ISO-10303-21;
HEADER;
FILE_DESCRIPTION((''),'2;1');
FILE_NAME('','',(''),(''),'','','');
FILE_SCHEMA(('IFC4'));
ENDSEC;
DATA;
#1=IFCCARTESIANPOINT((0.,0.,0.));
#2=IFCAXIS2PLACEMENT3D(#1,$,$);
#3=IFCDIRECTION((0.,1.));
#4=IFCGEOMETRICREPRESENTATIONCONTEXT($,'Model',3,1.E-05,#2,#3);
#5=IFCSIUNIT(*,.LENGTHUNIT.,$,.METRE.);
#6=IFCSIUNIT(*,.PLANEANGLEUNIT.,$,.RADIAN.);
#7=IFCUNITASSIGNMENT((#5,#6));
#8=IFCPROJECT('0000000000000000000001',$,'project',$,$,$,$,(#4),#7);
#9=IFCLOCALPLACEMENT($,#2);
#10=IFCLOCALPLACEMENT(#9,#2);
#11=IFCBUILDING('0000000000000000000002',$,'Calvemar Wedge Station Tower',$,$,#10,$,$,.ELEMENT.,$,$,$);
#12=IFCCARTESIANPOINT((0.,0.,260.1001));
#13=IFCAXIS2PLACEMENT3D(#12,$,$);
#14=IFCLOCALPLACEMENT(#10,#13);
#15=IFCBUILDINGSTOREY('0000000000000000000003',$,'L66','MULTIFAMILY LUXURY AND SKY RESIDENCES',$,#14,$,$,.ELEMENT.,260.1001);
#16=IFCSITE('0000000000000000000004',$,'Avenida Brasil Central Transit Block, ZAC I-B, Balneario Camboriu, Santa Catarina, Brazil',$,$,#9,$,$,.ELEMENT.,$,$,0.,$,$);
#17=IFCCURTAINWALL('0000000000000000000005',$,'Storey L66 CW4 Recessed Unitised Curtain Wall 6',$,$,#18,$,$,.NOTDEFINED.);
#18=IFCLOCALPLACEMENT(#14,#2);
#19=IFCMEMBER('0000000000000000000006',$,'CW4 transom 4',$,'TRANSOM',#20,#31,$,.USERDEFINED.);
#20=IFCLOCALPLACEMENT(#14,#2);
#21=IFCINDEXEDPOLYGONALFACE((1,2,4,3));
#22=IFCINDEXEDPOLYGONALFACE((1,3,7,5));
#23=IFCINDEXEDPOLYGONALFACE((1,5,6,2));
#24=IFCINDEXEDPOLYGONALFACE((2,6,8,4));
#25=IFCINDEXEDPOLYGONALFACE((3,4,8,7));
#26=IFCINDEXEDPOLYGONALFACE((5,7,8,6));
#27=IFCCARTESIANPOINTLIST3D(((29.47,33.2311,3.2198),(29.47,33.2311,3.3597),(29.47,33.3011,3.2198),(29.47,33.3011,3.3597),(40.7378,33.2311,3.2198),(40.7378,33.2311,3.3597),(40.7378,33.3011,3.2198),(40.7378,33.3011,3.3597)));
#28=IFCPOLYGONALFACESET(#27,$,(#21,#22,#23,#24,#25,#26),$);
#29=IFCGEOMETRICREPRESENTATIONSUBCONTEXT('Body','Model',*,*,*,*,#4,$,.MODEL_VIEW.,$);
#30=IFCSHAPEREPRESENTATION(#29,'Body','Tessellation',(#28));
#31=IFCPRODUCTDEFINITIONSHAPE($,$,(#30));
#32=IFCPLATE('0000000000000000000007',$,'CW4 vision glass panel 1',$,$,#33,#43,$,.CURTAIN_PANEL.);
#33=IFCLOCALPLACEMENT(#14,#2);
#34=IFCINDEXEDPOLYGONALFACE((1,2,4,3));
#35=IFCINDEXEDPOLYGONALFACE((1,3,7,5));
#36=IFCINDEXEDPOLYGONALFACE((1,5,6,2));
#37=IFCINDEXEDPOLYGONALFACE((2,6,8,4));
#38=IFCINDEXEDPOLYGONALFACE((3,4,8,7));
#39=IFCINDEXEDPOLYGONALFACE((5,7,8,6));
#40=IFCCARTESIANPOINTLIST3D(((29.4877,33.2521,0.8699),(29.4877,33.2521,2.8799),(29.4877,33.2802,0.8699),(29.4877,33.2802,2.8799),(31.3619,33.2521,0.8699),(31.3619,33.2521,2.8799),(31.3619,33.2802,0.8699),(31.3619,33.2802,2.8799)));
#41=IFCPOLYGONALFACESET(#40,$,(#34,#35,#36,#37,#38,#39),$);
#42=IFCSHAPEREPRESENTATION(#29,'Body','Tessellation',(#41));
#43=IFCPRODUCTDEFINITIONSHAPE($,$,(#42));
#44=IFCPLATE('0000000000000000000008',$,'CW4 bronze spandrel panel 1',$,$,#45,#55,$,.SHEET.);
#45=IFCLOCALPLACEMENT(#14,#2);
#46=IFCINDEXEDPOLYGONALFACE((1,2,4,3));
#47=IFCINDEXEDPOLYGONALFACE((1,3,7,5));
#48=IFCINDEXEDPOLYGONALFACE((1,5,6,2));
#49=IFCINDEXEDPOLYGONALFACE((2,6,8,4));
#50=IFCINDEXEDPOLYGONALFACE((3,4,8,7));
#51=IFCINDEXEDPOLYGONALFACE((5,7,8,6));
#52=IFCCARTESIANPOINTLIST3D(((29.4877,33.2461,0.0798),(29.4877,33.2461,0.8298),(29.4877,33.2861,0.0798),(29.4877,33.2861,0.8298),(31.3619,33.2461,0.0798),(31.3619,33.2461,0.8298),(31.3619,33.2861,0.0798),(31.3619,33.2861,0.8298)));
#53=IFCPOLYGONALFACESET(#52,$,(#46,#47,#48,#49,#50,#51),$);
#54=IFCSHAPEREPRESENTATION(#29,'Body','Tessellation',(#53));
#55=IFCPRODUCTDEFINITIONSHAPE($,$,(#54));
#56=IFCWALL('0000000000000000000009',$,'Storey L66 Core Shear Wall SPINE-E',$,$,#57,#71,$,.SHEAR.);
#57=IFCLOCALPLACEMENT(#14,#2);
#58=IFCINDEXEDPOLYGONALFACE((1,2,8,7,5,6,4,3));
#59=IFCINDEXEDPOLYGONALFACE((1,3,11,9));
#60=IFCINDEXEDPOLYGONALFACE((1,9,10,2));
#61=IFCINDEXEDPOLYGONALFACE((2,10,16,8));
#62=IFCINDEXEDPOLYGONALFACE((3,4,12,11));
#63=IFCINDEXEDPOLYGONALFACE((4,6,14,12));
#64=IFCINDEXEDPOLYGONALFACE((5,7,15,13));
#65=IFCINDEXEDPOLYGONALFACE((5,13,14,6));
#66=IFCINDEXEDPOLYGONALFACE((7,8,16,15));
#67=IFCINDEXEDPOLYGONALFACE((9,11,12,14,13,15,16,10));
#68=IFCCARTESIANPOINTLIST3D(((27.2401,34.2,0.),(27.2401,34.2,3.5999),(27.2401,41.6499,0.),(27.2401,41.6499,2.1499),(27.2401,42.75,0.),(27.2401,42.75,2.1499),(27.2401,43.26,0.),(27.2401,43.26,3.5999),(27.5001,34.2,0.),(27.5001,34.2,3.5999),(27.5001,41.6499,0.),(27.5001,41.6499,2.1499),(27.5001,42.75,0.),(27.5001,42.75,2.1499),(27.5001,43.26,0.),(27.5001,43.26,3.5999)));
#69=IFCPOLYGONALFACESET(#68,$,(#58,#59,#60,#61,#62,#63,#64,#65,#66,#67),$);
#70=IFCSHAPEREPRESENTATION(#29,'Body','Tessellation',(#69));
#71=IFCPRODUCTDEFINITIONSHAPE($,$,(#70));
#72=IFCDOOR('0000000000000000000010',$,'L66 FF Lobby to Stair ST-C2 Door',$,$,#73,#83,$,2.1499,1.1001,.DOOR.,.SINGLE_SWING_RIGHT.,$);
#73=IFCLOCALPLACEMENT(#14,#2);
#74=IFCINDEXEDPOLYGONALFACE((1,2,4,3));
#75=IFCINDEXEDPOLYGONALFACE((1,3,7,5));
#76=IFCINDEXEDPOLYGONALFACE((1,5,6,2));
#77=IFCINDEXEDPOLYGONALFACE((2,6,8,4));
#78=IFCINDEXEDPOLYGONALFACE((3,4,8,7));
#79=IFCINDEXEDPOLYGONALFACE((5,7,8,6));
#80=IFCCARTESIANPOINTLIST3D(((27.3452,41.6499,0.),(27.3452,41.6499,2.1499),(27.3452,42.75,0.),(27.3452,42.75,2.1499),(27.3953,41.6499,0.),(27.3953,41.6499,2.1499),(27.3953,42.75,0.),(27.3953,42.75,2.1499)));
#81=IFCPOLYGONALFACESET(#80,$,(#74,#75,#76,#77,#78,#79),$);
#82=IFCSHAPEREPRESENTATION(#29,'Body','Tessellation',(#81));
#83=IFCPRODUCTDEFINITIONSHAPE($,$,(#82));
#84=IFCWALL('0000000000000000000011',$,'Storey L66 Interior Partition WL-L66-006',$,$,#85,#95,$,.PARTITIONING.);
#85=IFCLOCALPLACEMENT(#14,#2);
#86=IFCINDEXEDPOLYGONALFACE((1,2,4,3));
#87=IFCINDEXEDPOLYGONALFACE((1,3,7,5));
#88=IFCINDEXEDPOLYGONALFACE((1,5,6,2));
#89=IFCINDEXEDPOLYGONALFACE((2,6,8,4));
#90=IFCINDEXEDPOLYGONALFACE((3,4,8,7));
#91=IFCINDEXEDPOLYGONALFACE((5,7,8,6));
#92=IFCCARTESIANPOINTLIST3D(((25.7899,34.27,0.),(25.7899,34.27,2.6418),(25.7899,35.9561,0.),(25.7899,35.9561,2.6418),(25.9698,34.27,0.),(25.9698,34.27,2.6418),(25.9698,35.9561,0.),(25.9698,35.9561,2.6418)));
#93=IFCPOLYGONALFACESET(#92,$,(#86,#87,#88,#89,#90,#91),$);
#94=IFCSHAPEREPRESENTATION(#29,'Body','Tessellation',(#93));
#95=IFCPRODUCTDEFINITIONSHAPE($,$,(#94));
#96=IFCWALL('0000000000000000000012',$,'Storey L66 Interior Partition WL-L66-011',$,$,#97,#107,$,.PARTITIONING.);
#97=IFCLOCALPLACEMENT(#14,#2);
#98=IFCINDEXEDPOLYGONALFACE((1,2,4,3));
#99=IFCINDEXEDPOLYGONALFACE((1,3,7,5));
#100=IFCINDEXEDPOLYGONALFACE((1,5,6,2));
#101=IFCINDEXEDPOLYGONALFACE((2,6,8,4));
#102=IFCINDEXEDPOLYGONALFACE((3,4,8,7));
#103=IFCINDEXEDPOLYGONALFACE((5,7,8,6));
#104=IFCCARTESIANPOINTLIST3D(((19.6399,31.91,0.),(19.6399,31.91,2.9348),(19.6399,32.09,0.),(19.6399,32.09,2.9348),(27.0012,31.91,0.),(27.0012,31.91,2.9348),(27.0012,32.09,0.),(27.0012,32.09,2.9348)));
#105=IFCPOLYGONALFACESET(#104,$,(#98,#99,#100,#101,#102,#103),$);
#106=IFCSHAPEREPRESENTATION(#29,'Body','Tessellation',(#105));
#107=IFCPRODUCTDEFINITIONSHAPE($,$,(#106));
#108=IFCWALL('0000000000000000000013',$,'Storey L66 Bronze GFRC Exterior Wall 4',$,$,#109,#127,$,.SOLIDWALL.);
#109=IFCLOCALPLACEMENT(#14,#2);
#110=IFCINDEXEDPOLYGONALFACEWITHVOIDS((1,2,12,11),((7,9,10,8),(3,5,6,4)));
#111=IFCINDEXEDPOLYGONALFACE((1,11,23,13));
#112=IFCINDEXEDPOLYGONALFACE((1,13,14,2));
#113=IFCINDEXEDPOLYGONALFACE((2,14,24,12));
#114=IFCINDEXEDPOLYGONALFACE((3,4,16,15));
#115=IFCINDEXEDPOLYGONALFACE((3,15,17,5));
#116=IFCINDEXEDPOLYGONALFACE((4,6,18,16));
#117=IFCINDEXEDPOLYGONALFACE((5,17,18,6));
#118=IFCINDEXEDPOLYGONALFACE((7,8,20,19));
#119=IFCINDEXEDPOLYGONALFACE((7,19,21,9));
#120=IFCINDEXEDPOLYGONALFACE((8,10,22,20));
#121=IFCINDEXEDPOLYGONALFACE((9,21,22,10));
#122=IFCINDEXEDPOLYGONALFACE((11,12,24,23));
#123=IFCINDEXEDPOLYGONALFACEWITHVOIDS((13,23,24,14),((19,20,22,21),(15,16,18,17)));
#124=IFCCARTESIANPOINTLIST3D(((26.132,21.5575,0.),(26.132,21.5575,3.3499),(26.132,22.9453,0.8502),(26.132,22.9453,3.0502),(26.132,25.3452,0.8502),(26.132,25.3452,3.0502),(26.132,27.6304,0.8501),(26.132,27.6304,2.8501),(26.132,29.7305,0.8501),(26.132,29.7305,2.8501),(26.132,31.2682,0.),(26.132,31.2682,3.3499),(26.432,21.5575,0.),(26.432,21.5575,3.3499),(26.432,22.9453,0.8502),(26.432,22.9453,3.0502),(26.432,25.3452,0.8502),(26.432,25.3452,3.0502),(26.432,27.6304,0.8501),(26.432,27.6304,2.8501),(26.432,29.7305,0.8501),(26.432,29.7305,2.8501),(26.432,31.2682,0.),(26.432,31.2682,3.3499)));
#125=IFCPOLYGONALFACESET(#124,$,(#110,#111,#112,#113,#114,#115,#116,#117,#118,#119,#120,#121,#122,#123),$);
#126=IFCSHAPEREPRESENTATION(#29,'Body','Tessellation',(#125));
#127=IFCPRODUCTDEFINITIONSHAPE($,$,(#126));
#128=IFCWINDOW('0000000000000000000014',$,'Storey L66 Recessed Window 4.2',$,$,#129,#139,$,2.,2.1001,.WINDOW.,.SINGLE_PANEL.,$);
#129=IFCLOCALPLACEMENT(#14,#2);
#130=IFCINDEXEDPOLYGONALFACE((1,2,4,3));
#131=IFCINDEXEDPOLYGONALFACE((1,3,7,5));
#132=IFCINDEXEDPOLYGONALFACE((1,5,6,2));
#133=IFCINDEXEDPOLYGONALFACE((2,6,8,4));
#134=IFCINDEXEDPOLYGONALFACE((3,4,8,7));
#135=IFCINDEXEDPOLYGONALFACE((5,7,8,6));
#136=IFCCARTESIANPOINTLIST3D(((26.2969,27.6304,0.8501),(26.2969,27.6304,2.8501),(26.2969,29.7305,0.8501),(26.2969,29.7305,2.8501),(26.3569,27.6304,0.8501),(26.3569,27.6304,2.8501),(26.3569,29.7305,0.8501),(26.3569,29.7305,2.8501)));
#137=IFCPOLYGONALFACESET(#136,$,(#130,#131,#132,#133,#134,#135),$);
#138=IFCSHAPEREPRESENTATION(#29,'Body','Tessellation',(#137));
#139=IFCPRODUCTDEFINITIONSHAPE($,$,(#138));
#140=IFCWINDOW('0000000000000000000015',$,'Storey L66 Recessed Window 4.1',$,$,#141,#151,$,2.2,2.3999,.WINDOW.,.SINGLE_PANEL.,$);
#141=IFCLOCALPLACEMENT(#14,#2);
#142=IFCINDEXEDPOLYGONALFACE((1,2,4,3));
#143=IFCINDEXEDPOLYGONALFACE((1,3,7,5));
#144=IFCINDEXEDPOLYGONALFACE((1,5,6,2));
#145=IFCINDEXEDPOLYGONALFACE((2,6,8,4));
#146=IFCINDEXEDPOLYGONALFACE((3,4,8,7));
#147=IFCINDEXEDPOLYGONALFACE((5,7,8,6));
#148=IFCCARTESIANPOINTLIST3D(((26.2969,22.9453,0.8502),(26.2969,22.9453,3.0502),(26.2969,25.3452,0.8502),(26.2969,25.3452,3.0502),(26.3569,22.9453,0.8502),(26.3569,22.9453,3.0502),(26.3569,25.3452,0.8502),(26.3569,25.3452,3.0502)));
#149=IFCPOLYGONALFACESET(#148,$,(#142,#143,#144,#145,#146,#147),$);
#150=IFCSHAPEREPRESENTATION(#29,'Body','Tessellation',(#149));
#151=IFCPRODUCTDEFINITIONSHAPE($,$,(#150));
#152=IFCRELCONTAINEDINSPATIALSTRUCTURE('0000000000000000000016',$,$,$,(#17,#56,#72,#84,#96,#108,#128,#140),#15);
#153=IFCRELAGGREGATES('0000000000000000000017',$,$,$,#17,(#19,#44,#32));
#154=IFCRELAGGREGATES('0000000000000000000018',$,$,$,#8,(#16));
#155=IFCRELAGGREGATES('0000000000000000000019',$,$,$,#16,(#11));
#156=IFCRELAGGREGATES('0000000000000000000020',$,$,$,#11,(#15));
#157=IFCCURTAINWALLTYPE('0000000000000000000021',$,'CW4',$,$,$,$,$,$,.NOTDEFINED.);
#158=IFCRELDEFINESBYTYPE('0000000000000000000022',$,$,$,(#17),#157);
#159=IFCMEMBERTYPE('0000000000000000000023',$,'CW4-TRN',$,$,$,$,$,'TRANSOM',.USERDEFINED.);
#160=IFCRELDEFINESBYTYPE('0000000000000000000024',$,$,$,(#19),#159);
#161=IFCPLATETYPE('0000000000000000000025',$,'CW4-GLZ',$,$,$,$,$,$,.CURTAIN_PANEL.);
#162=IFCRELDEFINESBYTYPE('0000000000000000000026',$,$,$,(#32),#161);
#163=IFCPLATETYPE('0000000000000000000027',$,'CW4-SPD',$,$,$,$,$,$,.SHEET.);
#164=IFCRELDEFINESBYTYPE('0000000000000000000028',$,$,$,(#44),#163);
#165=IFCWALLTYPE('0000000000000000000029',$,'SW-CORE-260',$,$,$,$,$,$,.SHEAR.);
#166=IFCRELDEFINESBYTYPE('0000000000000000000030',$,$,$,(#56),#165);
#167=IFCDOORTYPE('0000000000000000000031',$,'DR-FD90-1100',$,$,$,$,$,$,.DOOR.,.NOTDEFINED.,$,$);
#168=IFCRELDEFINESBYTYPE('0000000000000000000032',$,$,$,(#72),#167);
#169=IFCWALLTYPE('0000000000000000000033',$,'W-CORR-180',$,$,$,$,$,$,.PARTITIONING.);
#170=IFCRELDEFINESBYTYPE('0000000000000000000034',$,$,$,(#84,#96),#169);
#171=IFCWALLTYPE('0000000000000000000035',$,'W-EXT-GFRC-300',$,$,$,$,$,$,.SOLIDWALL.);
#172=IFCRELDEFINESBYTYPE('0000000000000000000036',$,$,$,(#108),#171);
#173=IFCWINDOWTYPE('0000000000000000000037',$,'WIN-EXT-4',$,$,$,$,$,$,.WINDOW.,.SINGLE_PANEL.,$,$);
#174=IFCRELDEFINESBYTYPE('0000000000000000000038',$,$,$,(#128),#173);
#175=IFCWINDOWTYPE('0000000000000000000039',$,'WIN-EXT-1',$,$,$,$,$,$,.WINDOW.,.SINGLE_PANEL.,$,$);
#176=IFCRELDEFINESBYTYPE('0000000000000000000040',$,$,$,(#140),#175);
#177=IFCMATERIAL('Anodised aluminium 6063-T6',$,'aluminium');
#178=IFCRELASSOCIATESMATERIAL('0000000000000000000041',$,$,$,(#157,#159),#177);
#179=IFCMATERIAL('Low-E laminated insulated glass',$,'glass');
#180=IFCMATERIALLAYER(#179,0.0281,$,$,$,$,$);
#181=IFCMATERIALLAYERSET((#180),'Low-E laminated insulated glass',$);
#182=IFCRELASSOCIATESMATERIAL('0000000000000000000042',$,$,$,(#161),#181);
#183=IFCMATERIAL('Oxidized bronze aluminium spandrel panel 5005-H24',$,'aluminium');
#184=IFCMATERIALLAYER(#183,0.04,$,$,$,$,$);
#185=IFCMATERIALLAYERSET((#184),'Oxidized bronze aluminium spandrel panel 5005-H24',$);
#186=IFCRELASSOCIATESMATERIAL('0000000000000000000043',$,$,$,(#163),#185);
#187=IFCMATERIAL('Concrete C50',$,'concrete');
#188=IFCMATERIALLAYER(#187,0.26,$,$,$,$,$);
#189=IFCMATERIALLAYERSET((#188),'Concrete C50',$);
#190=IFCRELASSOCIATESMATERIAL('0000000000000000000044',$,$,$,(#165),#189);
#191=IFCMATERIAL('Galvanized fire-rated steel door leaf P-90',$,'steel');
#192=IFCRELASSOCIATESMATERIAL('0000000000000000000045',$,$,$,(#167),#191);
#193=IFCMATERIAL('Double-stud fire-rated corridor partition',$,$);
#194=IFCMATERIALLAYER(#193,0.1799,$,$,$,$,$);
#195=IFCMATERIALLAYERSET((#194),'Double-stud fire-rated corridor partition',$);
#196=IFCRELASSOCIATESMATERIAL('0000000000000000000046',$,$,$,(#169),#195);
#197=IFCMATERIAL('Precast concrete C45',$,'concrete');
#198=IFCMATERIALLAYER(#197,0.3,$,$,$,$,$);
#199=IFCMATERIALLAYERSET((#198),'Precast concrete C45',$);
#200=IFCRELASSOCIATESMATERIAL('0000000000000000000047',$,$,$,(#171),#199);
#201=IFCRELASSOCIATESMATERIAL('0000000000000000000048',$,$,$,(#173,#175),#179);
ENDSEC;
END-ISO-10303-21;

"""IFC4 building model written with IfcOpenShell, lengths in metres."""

from ifc_helpers import new_model, si_unit, direction, frame, frame_2d, origin, origin_2d, place, context, subcontext, project, spatial, rectangle, extrude, source, transform, mapped, material, layer, layer_set, material_profile, profile_set, type_object, element, fill, aggregate, save


model = new_model("IFC4")

# Units and contexts
model_context = context("Model", 3, precision=1e-05, world=origin(), true_north=direction((0.0, 1.0)))
body_context = subcontext(model_context, "Body", "Model", "MODEL_VIEW")
ifc_project = project(units=[si_unit("LENGTHUNIT", "METRE"), si_unit("PLANEANGLEUNIT", "RADIAN")], contexts=[model_context])

# Site, building, storey
site_placement = place(None, origin())
site = spatial("IfcSite", under=ifc_project, at=site_placement, Name="Avenida Brasil Central Transit Block, ZAC I-B, Balneario Camboriu, Santa Catarina, Brazil", CompositionType="ELEMENT", RefElevation=0.0)
building_placement = place(site_placement, origin())
building = spatial("IfcBuilding", under=site, at=building_placement, Name="Calvemar Wedge Station Tower", CompositionType="ELEMENT")
storey_placement = place(building_placement, frame((0.0, 0.0, 260.1001)))
storey = spatial("IfcBuildingStorey", under=building, at=storey_placement, Name="L66", Description="MULTIFAMILY LUXURY AND SKY RESIDENCES", CompositionType="ELEMENT", Elevation=260.1001)

# Shared definitions
ifc_material_1 = material(Name="Concrete C50", Category="concrete")

# Curtain wall, member, plates
ifc_material_2 = material(Name="Anodised aluminium 6063-T6", Category="aluminium")
curtain_wall_type = type_object("IfcCurtainWallType", Name="CW4", PredefinedType="NOTDEFINED", material=ifc_material_2)
curtain_wall_placement = place(storey_placement, origin())
curtain_wall = element("IfcCurtainWall", 1, at=curtain_wall_placement, inside=storey, type_object=curtain_wall_type, Name="Storey L66 CW4 Recessed Unitised Curtain Wall 6", PredefinedType="NOTDEFINED")
ifc_material_profile_1 = material_profile(ifc_material_2, rectangle(XDim=0.0701, YDim=0.1399, at=origin_2d()), Name="AL-TRN-70x140")
ifc_profile_set_1 = profile_set([ifc_material_profile_1], Name="Anodised aluminium 6063-T6")
member_type_1 = type_object("IfcMemberType", Name="CW4-TRN", ElementType="TRANSOM", PredefinedType="USERDEFINED", material=ifc_profile_set_1)
shared_shape_1 = source(origin(), body_context, "Body", "SweptSolid", [
    extrude(rectangle(XDim=0.0701, YDim=0.1399, at=origin_2d()), origin(), (0.0, 0.0, 1.0), 11.2678),
])
member_1_placement = place(storey_placement, frame((29.47, 33.2661, 3.2898), z_axis=(1.0, 0.0, 0.0), x_axis=(0.0, 1.0, 0.0)))
member_1 = element("IfcMember", 2, at=member_1_placement, type_object=member_type_1, Name="CW4 transom 4", ObjectType="TRANSOM", PredefinedType="USERDEFINED", context=body_context, shape_type="MappedRepresentation", body=[
    mapped(shared_shape_1, transform((0.0, 0.0, 0.0), scale=1.0)),
])
ifc_material_3 = material(Name="Low-E laminated insulated glass", Category="glass")
ifc_layer_1 = layer(ifc_material_3, 0.0281)
ifc_layer_set_1 = layer_set([ifc_layer_1], Name="Low-E laminated insulated glass")
plate_type_1 = type_object("IfcPlateType", Name="CW4-GLZ", PredefinedType="CURTAIN_PANEL", material=ifc_layer_set_1)
plate_1_placement = place(storey_placement, frame((29.4878, 33.2661, 0.8699), z_axis=(0.0, 0.0, 1.0), x_axis=(1.0, 0.0, 0.0)))
plate_1 = element("IfcPlate", 3, at=plate_1_placement, type_object=plate_type_1, Name="CW4 vision glass panel 1", PredefinedType="CURTAIN_PANEL", context=body_context, shape_type="SweptSolid", body=[
    extrude(rectangle(XDim=1.8743, YDim=0.0281, at=frame_2d((0.937, 0.0))), origin(), (0.0, 0.0, 1.0), 2.01),
])
ifc_material_4 = material(Name="Oxidized bronze aluminium spandrel panel 5005-H24", Category="aluminium")
ifc_layer_2 = layer(ifc_material_4, 0.04)
ifc_layer_set_2 = layer_set([ifc_layer_2], Name="Oxidized bronze aluminium spandrel panel 5005-H24")
plate_type_2 = type_object("IfcPlateType", Name="CW4-SPD", PredefinedType="SHEET", material=ifc_layer_set_2)
plate_2_placement = place(storey_placement, frame((29.4878, 33.2661, 0.0798), z_axis=(0.0, 0.0, 1.0), x_axis=(1.0, 0.0, 0.0)))
plate_2 = element("IfcPlate", 4, at=plate_2_placement, type_object=plate_type_2, Name="CW4 bronze spandrel panel 1", PredefinedType="SHEET", context=body_context, shape_type="SweptSolid", body=[
    extrude(rectangle(XDim=1.8743, YDim=0.04, at=frame_2d((0.937, 0.0))), origin(), (0.0, 0.0, 1.0), 0.75),
])
aggregate(curtain_wall, [member_1, plate_2, plate_1])

# Wall, opening, door
ifc_layer_3 = layer(ifc_material_1, 0.26)
ifc_layer_set_3 = layer_set([ifc_layer_3], Name="Concrete C50")
wall_type_1 = type_object("IfcWallType", Name="SW-CORE-260", PredefinedType="SHEAR", material=ifc_layer_set_3)
wall_1_placement = place(storey_placement, frame((27.3701, 34.2, 0.0), z_axis=(0.0, 0.0, 1.0), x_axis=(0.0, 1.0, 0.0)))
wall_1 = element("IfcWall", 5, at=wall_1_placement, inside=storey, type_object=wall_type_1, Name="Storey L66 Core Shear Wall SPINE-E", PredefinedType="SHEAR", context=body_context, shape_type="SweptSolid", body=[
    extrude(rectangle(XDim=9.0601, YDim=0.26, at=frame_2d((4.53, 0.0))), origin(), (0.0, 0.0, 1.0), 3.5999),
])
shared_shape_2 = source(origin(), body_context, "Body", "SweptSolid", [
    extrude(rectangle(XDim=1.1001, YDim=2.1499, at=frame_2d((0.55, 1.075))), frame((0.0, 0.1401, 0.0), z_axis=(0.0, -1.0, 0.0), x_axis=(1.0, 0.0, 0.0)), (0.0, 0.0, 1.0), 0.28),
])
opening_1_placement = place(wall_1_placement, frame((7.45, 0.0, 0.0)))
opening_1 = element("IfcOpeningElement", 6, at=opening_1_placement, cuts=wall_1, PredefinedType="OPENING", context=body_context, shape_type="MappedRepresentation", body=[
    mapped(shared_shape_2, transform((0.0, 0.0, 0.0), scale=1.0)),
])
ifc_material_5 = material(Name="Galvanized fire-rated steel door leaf P-90", Category="steel")
door_type = type_object("IfcDoorType", Name="DR-FD90-1100", OperationType="NOTDEFINED", PredefinedType="DOOR", material=ifc_material_5)
shared_shape_3 = source(origin(), body_context, "Body", "SweptSolid", [
    extrude(rectangle(XDim=1.1001, YDim=2.1499, at=frame_2d((0.55, 1.075))), frame((0.0, 0.0249, 0.0), z_axis=(0.0, -1.0, 0.0), x_axis=(1.0, 0.0, 0.0)), (0.0, 0.0, 1.0), 0.05),
])
door_1_placement = place(opening_1_placement, origin())
door_1 = element("IfcDoor", 7, at=door_1_placement, inside=storey, type_object=door_type, Name="L66 FF Lobby to Stair ST-C2 Door", OperationType="SINGLE_SWING_RIGHT", OverallHeight=2.1499, OverallWidth=1.1001, PredefinedType="DOOR", context=body_context, shape_type="MappedRepresentation", body=[
    mapped(shared_shape_3, transform((0.0, 0.0, 0.0), scale=1.0)),
])
fill(opening_1, door_1)

# Walls
ifc_material_6 = material(Name="Double-stud fire-rated corridor partition")
ifc_layer_4 = layer(ifc_material_6, 0.1799)
ifc_layer_set_4 = layer_set([ifc_layer_4], Name="Double-stud fire-rated corridor partition")
wall_type_2 = type_object("IfcWallType", Name="W-CORR-180", PredefinedType="PARTITIONING", material=ifc_layer_set_4)
wall_2_placement = place(storey_placement, frame((25.8799, 35.9561, 0.0), z_axis=(0.0, 0.0, 1.0), x_axis=(0.0, -1.0, 0.0)))
element("IfcWall", 8, at=wall_2_placement, inside=storey, type_object=wall_type_2, Name="Storey L66 Interior Partition WL-L66-006", PredefinedType="PARTITIONING", context=body_context, shape_type="SweptSolid", body=[
    extrude(rectangle(XDim=1.686, YDim=0.1799, at=frame_2d((0.843, 0.0))), origin(), (0.0, 0.0, 1.0), 2.6418),
])
wall_3_placement = place(storey_placement, frame((27.0012, 32.0, 0.0), z_axis=(0.0, 0.0, 1.0), x_axis=(-1.0, 0.0, 0.0)))
element("IfcWall", 9, at=wall_3_placement, inside=storey, type_object=wall_type_2, Name="Storey L66 Interior Partition WL-L66-011", PredefinedType="PARTITIONING", context=body_context, shape_type="SweptSolid", body=[
    extrude(rectangle(XDim=7.3613, YDim=0.1799, at=frame_2d((3.6807, 0.0))), origin(), (0.0, 0.0, 1.0), 2.9348),
])

# Wall, openings, windows
ifc_material_7 = material(Name="Precast concrete C45", Category="concrete")
ifc_layer_5 = layer(ifc_material_7, 0.3)
ifc_layer_set_5 = layer_set([ifc_layer_5], Name="Precast concrete C45")
wall_type_3 = type_object("IfcWallType", Name="W-EXT-GFRC-300", PredefinedType="SOLIDWALL", material=ifc_layer_set_5)
wall_4_placement = place(storey_placement, frame((26.282, 21.5574, 0.0), z_axis=(0.0, 0.0, 1.0), x_axis=(0.0, 1.0, 0.0)))
wall_4 = element("IfcWall", 10, at=wall_4_placement, inside=storey, type_object=wall_type_3, Name="Storey L66 Bronze GFRC Exterior Wall 4", PredefinedType="SOLIDWALL", context=body_context, shape_type="SweptSolid", body=[
    extrude(rectangle(XDim=9.7107, YDim=0.3, at=frame_2d((4.8555, 0.0))), origin(), (0.0, 0.0, 1.0), 3.3499),
])
shared_shape_4 = source(origin(), body_context, "Body", "SweptSolid", [
    extrude(rectangle(XDim=2.3999, YDim=2.2, at=frame_2d((1.2, 1.1001))), frame((0.0, 0.1602, 0.0), z_axis=(0.0, -1.0, 0.0), x_axis=(1.0, 0.0, 0.0)), (0.0, 0.0, 1.0), 0.3201),
])
opening_2_placement = place(wall_4_placement, frame((1.3879, 0.0, 0.8501)))
opening_2 = element("IfcOpeningElement", 11, at=opening_2_placement, cuts=wall_4, PredefinedType="OPENING", context=body_context, shape_type="MappedRepresentation", body=[
    mapped(shared_shape_4, transform((0.0, 0.0, 0.0), scale=1.0)),
])
shared_shape_5 = source(origin(), body_context, "Body", "SweptSolid", [
    extrude(rectangle(XDim=2.1001, YDim=2.0, at=frame_2d((1.05, 1.0))), frame((0.0, 0.1602, 0.0), z_axis=(0.0, -1.0, 0.0), x_axis=(1.0, 0.0, 0.0)), (0.0, 0.0, 1.0), 0.3201),
])
opening_3_placement = place(wall_4_placement, frame((6.073, 0.0, 0.8501)))
opening_3 = element("IfcOpeningElement", 12, at=opening_3_placement, cuts=wall_4, PredefinedType="OPENING", context=body_context, shape_type="MappedRepresentation", body=[
    mapped(shared_shape_5, transform((0.0, 0.0, 0.0), scale=1.0)),
])
window_type_1 = type_object("IfcWindowType", Name="WIN-EXT-4", PartitioningType="SINGLE_PANEL", PredefinedType="WINDOW", material=ifc_material_3)
shared_shape_6 = source(origin(), body_context, "Body", "SweptSolid", [
    extrude(rectangle(XDim=2.1001, YDim=2.0, at=frame_2d((1.05, 1.0))), frame((0.0, -0.0149, 0.0), z_axis=(0.0, -1.0, 0.0), x_axis=(1.0, 0.0, 0.0)), (0.0, 0.0, 1.0), 0.0601),
])
window_1_placement = place(opening_3_placement, origin())
window_1 = element("IfcWindow", 13, at=window_1_placement, inside=storey, type_object=window_type_1, Name="Storey L66 Recessed Window 4.2", OverallHeight=2.0, OverallWidth=2.1001, PartitioningType="SINGLE_PANEL", PredefinedType="WINDOW", context=body_context, shape_type="MappedRepresentation", body=[
    mapped(shared_shape_6, transform((0.0, 0.0, 0.0), scale=1.0)),
])
fill(opening_3, window_1)
window_type_2 = type_object("IfcWindowType", Name="WIN-EXT-1", PartitioningType="SINGLE_PANEL", PredefinedType="WINDOW", material=ifc_material_3)
shared_shape_7 = source(origin(), body_context, "Body", "SweptSolid", [
    extrude(rectangle(XDim=2.3999, YDim=2.2, at=frame_2d((1.2, 1.1001))), frame((0.0, -0.0149, 0.0), z_axis=(0.0, -1.0, 0.0), x_axis=(1.0, 0.0, 0.0)), (0.0, 0.0, 1.0), 0.0601),
])
window_2_placement = place(opening_2_placement, origin())
window_2 = element("IfcWindow", 14, at=window_2_placement, inside=storey, type_object=window_type_2, Name="Storey L66 Recessed Window 4.1", OverallHeight=2.2, OverallWidth=2.3999, PartitioningType="SINGLE_PANEL", PredefinedType="WINDOW", context=body_context, shape_type="MappedRepresentation", body=[
    mapped(shared_shape_7, transform((0.0, 0.0, 0.0), scale=1.0)),
])
fill(opening_2, window_2)

save(model, "model.ifc")
